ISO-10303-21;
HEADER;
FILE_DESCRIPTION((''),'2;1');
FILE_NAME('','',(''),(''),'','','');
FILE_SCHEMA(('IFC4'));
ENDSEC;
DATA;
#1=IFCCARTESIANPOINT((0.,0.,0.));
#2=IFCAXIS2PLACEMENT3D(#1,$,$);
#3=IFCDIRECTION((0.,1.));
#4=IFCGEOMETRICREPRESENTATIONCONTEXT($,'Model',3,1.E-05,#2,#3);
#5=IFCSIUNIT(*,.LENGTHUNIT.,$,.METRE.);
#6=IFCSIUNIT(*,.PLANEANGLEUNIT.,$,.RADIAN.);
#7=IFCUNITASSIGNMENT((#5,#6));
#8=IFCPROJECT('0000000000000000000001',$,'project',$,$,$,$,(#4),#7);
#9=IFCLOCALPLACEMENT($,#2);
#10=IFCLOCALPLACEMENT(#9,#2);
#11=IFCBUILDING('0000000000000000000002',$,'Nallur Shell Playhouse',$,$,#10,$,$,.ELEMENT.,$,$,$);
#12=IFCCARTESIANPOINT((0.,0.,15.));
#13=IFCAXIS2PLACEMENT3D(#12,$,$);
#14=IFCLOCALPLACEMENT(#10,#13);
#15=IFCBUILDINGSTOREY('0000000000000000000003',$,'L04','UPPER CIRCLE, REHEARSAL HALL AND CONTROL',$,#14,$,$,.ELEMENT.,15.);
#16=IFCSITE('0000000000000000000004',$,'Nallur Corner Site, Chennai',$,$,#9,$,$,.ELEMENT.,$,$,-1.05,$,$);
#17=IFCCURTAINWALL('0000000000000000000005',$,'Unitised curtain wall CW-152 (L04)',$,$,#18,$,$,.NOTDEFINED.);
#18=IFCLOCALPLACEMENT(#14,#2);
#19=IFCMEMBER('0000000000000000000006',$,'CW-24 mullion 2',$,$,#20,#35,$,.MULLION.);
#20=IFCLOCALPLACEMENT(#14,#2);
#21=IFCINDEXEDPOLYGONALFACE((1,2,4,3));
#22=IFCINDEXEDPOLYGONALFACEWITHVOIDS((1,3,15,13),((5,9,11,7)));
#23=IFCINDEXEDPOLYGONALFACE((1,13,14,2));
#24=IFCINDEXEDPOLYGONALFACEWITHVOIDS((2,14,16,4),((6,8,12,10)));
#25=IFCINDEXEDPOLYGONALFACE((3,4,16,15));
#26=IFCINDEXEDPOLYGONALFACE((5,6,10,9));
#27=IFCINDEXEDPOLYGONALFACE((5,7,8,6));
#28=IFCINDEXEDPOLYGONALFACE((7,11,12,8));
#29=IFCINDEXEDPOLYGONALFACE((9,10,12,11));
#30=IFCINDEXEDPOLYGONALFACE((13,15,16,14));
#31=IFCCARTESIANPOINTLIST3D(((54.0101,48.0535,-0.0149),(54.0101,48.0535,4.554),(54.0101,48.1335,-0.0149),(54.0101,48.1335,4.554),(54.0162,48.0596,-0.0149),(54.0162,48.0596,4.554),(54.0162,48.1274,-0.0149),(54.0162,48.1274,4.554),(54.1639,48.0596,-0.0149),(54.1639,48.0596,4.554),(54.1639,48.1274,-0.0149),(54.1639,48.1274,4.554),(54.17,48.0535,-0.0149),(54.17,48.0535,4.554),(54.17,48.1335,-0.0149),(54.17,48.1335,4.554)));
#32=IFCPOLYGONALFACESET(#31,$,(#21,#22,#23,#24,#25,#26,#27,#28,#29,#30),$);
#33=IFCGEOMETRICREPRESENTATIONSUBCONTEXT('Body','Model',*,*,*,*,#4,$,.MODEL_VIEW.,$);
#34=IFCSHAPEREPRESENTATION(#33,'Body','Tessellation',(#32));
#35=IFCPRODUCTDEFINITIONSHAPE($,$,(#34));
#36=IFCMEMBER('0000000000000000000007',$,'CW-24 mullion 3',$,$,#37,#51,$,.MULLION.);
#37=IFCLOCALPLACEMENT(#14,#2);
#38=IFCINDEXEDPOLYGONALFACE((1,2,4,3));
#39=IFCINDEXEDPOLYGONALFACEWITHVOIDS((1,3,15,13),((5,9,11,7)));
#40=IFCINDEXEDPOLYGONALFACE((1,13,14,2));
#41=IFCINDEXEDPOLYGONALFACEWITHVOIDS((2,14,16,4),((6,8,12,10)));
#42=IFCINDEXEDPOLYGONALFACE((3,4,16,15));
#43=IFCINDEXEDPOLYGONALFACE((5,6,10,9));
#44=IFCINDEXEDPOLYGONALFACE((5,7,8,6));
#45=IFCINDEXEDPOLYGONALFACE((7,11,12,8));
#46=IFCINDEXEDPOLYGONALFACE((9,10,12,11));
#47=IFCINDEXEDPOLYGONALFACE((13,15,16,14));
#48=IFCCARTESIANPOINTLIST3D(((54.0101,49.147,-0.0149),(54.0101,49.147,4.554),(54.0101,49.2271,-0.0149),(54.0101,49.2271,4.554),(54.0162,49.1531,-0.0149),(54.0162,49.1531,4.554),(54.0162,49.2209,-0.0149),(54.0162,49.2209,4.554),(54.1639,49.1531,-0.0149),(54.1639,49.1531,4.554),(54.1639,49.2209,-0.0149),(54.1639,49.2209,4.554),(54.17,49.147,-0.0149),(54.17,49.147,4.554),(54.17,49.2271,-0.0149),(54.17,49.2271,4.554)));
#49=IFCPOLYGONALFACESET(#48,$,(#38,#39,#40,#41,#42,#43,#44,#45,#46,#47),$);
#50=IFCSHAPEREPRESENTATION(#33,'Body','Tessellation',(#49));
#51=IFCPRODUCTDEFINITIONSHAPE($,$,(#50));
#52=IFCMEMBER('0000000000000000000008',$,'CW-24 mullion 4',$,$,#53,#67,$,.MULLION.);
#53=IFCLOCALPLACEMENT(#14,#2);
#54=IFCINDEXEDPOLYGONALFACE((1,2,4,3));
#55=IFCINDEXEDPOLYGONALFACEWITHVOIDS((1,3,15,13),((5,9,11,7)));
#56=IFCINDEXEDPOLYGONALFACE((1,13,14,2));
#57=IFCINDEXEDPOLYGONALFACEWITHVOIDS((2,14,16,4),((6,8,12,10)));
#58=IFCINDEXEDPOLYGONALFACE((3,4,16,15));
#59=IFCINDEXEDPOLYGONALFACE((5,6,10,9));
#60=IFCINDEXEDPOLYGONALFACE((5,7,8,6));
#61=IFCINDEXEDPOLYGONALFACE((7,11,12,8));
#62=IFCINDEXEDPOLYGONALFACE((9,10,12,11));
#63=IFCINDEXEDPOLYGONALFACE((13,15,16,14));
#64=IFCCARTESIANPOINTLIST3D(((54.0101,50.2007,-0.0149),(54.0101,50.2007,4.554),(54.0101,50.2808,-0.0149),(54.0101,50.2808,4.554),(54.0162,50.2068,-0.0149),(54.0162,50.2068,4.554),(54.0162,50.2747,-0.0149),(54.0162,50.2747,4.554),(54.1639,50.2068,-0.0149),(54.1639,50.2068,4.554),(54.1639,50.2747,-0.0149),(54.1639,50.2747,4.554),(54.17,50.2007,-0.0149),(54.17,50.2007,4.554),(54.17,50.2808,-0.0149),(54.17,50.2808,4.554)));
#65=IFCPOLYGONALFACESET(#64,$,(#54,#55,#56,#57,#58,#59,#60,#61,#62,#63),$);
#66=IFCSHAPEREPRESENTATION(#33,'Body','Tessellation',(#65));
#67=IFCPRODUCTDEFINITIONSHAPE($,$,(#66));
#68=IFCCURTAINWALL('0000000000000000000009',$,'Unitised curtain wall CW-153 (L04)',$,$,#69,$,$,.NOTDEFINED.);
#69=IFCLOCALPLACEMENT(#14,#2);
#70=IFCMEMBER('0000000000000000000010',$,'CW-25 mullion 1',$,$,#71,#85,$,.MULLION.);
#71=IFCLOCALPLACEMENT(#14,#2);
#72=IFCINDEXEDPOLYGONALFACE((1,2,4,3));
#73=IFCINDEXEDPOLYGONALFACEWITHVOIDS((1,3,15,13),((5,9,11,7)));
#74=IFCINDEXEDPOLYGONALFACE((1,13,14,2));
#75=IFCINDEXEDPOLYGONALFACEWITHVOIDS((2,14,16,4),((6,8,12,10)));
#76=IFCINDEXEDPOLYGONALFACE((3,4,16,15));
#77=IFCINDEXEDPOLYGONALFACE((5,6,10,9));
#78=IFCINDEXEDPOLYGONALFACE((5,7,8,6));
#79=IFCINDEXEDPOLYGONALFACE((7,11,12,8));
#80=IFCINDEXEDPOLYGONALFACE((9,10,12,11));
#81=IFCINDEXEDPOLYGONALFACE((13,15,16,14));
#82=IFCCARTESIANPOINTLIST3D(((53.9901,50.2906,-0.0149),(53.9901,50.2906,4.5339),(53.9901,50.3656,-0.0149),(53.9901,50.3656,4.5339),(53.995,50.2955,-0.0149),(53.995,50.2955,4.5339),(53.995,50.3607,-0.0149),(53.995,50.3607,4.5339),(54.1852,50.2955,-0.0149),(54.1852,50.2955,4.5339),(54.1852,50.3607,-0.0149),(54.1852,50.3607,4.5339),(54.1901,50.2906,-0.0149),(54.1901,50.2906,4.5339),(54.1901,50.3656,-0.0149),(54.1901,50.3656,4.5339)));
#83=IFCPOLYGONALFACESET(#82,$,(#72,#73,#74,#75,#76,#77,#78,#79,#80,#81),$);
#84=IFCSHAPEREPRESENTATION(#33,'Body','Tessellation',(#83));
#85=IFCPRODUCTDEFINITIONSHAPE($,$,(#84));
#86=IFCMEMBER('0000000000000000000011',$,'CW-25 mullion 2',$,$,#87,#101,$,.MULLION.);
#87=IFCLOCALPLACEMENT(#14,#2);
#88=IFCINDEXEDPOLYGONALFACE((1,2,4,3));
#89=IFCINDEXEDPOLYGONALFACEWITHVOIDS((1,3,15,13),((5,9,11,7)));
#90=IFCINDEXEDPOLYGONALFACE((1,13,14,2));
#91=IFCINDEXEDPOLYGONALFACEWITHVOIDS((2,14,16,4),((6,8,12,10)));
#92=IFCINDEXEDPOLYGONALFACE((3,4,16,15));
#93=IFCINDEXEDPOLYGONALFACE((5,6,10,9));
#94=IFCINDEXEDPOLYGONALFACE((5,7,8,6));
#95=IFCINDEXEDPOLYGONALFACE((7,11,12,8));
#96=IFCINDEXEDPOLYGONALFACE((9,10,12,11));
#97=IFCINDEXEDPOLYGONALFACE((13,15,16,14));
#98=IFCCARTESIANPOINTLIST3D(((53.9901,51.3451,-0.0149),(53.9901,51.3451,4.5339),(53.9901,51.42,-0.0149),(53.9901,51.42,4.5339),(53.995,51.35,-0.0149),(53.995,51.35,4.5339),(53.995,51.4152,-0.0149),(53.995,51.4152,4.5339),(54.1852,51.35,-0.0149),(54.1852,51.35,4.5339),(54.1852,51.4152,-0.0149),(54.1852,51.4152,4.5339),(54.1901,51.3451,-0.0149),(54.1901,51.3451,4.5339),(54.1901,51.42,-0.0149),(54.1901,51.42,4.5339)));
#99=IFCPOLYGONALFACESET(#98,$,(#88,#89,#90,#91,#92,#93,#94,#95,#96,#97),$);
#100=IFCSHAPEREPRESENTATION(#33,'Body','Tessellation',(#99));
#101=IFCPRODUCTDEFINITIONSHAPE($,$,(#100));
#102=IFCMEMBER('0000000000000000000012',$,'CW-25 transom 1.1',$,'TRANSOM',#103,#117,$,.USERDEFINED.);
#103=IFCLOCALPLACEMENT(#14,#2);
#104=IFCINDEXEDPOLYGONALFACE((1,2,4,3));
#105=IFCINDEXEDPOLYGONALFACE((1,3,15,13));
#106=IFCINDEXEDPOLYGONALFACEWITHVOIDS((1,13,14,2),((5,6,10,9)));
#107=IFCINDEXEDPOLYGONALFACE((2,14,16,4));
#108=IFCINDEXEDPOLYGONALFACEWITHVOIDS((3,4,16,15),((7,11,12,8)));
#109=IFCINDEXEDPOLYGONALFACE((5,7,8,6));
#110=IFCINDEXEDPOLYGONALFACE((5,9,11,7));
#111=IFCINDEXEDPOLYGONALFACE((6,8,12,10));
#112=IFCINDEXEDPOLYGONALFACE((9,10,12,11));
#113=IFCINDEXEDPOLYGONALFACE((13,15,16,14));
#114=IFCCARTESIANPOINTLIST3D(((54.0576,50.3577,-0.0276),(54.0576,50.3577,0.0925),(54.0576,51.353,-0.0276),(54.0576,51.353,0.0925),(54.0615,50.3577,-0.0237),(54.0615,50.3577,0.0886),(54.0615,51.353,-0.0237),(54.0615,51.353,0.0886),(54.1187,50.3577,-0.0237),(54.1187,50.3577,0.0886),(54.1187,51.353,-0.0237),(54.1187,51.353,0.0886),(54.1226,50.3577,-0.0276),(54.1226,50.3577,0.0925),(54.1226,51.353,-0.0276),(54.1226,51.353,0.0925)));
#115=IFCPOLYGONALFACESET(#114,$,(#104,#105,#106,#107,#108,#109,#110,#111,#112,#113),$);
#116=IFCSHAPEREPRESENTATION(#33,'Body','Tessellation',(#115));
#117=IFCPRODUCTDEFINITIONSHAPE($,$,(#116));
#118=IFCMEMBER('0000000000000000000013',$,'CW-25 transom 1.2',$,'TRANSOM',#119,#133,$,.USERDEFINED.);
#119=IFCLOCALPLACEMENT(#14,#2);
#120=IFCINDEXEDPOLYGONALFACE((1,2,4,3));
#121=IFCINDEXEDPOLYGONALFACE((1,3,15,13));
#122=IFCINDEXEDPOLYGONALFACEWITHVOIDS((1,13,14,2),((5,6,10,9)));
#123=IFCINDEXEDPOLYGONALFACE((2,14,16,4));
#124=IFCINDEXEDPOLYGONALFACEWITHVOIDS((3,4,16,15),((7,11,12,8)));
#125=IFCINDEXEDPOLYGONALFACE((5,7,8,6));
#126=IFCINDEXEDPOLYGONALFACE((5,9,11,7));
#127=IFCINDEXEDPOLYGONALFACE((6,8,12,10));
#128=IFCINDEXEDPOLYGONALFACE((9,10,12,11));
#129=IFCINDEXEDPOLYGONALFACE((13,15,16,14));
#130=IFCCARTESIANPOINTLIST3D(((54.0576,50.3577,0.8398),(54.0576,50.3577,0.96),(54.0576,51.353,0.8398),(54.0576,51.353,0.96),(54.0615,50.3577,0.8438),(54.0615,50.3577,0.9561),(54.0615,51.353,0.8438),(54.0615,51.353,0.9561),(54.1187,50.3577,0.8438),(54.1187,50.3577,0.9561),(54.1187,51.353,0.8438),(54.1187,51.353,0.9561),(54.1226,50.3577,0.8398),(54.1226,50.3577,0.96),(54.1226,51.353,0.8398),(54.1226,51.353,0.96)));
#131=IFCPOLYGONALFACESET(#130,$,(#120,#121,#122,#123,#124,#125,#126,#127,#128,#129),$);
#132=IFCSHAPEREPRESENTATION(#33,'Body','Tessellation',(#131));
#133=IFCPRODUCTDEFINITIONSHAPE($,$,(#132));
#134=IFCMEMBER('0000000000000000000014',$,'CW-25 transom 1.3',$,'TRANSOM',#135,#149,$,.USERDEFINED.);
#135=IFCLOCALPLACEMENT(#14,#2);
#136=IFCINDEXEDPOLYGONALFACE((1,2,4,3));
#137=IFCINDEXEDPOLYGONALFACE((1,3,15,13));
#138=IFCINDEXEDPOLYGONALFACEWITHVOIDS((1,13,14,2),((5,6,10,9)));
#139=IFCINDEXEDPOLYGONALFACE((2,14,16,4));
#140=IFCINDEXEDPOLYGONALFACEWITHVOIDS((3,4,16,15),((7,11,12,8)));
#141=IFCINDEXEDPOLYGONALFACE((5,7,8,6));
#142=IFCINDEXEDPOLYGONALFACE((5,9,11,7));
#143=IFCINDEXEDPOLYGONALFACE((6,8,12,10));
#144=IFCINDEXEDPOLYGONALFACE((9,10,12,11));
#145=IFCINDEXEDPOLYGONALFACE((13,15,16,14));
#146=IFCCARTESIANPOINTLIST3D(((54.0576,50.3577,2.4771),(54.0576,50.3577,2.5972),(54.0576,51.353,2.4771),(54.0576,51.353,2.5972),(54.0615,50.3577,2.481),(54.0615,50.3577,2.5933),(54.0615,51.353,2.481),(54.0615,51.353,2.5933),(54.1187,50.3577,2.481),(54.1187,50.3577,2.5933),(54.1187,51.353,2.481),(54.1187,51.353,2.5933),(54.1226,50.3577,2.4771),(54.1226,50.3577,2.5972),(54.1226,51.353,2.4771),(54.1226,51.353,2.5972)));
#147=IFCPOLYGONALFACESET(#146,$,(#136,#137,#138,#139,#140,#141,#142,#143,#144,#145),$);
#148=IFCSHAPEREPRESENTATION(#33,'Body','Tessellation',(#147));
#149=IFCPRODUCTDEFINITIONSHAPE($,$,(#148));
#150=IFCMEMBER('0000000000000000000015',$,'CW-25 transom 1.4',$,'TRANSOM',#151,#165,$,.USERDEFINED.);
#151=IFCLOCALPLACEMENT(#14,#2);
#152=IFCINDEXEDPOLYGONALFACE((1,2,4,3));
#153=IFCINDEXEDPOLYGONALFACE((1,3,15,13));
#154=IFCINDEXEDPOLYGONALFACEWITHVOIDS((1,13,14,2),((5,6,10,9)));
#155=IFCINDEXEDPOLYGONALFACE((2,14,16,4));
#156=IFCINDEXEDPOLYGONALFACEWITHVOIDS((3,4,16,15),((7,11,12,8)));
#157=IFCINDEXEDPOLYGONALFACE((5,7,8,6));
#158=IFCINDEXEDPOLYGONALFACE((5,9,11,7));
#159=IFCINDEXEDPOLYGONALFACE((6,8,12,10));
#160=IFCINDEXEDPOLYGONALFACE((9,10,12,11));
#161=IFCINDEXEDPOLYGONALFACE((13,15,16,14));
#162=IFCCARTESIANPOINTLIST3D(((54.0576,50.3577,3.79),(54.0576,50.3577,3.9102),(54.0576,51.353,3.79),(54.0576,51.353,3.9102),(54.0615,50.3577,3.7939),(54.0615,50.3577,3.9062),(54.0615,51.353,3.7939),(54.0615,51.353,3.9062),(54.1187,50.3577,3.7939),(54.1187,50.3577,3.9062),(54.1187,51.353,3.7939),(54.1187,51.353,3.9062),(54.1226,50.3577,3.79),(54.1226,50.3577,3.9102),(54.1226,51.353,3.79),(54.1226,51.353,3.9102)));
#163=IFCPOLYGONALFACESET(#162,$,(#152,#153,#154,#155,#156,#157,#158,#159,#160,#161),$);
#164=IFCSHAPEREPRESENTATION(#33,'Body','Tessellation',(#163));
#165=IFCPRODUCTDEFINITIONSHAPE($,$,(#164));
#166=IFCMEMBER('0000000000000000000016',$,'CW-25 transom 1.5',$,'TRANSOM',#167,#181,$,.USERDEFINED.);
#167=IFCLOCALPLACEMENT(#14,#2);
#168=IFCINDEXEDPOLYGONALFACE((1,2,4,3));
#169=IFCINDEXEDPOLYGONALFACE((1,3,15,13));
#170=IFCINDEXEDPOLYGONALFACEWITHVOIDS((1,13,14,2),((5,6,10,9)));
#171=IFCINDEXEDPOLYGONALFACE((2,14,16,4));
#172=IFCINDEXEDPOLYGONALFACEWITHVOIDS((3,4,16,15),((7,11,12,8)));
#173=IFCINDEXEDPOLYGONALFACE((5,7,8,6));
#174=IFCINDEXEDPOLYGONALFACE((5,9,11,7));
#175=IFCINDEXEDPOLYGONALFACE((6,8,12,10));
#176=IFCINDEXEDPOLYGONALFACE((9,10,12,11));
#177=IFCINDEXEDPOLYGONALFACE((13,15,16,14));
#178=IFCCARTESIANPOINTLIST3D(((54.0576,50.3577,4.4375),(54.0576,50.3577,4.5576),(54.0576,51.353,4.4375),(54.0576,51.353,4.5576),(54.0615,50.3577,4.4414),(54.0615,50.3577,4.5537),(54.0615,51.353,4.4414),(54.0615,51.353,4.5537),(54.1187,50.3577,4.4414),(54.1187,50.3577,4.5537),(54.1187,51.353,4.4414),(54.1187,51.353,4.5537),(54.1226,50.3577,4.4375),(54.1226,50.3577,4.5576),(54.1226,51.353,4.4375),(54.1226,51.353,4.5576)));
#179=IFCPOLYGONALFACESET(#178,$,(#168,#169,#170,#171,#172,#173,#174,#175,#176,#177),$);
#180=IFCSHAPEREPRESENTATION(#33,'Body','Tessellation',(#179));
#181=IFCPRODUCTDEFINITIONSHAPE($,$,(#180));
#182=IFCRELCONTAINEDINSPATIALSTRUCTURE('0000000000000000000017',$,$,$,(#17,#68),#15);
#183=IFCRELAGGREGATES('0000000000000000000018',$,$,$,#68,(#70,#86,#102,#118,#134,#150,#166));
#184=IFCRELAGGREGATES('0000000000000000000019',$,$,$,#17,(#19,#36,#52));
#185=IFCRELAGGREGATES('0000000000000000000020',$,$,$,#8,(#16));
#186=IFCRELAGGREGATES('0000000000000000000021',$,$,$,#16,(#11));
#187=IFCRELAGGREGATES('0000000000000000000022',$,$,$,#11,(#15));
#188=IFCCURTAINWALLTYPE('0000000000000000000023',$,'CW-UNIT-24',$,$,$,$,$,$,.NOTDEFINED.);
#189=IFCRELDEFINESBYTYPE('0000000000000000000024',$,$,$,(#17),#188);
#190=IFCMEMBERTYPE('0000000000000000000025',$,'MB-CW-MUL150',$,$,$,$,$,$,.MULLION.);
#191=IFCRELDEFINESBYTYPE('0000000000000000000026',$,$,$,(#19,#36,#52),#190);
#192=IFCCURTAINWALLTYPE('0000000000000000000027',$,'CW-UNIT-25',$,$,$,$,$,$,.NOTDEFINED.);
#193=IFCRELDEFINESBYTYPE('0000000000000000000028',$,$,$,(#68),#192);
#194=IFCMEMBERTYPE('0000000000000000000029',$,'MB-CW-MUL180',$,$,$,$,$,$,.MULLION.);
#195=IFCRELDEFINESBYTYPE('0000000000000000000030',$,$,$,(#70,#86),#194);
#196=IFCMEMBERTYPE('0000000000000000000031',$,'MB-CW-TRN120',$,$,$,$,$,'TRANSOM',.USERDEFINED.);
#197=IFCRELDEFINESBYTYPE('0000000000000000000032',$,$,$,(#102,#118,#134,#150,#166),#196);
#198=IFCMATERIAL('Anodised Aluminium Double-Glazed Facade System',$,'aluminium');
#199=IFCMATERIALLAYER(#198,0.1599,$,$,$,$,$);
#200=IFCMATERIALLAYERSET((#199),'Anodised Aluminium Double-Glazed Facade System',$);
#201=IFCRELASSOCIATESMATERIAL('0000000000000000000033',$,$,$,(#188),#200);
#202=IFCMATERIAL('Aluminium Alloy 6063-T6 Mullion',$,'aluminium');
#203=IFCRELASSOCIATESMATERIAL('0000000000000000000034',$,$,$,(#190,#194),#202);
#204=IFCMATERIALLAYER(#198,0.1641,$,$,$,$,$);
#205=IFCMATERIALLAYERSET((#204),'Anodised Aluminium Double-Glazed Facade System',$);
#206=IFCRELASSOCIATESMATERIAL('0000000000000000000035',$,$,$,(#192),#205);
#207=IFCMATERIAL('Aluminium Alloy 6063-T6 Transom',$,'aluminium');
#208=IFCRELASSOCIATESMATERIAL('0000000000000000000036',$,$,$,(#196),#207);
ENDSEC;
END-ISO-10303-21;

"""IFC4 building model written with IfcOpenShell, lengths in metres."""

from ifc_helpers import new_model, si_unit, direction, frame, origin, origin_2d, place, context, subcontext, project, spatial, hollow_rectangle, extrude, material, layer, layer_set, material_profile, profile_set, type_object, element, aggregate, save


model = new_model("IFC4")

# Units and contexts
model_context = context("Model", 3, precision=1e-05, world=origin(), true_north=direction((0.0, 1.0)))
body_context = subcontext(model_context, "Body", "Model", "MODEL_VIEW")
ifc_project = project(units=[si_unit("LENGTHUNIT", "METRE"), si_unit("PLANEANGLEUNIT", "RADIAN")], contexts=[model_context])

# Site, building, storey
site_placement = place(None, origin())
site = spatial("IfcSite", under=ifc_project, at=site_placement, Name="Nallur Corner Site, Chennai", CompositionType="ELEMENT", RefElevation=-1.05)
building_placement = place(site_placement, origin())
building = spatial("IfcBuilding", under=site, at=building_placement, Name="Nallur Shell Playhouse", CompositionType="ELEMENT")
storey_placement = place(building_placement, frame((0.0, 0.0, 15.0)))
storey = spatial("IfcBuildingStorey", under=building, at=storey_placement, Name="L04", Description="UPPER CIRCLE, REHEARSAL HALL AND CONTROL", CompositionType="ELEMENT", Elevation=15.0)

# Curtain walls, members
ifc_material_1 = material(Name="Anodised Aluminium Double-Glazed Facade System", Category="aluminium")
ifc_layer_1 = layer(ifc_material_1, 0.1599)
ifc_layer_set_1 = layer_set([ifc_layer_1], Name="Anodised Aluminium Double-Glazed Facade System")
curtain_wall_type_1 = type_object("IfcCurtainWallType", Name="CW-UNIT-24", PredefinedType="NOTDEFINED", material=ifc_layer_set_1)
curtain_wall_1_placement = place(storey_placement, origin())
curtain_wall_1 = element("IfcCurtainWall", 1, at=curtain_wall_1_placement, inside=storey, type_object=curtain_wall_type_1, Name="Unitised curtain wall CW-152 (L04)", PredefinedType="NOTDEFINED")
ifc_material_2 = material(Name="Aluminium Alloy 6063-T6 Mullion", Category="aluminium")
ifc_material_profile_1 = material_profile(ifc_material_2, hollow_rectangle(XDim=0.0801, YDim=0.1599, WallThickness=0.0061, at=origin_2d()), Name="RHS 160x80x6")
ifc_profile_set_1 = profile_set([ifc_material_profile_1], Name="Aluminium Alloy 6063-T6 Mullion")
member_type_1 = type_object("IfcMemberType", Name="MB-CW-MUL150", PredefinedType="MULLION", material=ifc_profile_set_1)
member_1_placement = place(storey_placement, frame((54.0901, 48.0935, -0.0149), z_axis=(0.0, 0.0, 1.0), x_axis=(0.0, 1.0, 0.0)))
member_1 = element("IfcMember", 2, at=member_1_placement, type_object=member_type_1, Name="CW-24 mullion 2", PredefinedType="MULLION", context=body_context, shape_type="SweptSolid", body=[
    extrude(hollow_rectangle(XDim=0.0801, YDim=0.1599, WallThickness=0.0061, at=origin_2d()), origin(), (0.0, 0.0, 1.0), 4.5688),
])
member_2_placement = place(storey_placement, frame((54.0901, 49.187, -0.0149), z_axis=(0.0, 0.0, 1.0), x_axis=(0.0, 1.0, 0.0)))
member_2 = element("IfcMember", 3, at=member_2_placement, type_object=member_type_1, Name="CW-24 mullion 3", PredefinedType="MULLION", context=body_context, shape_type="SweptSolid", body=[
    extrude(hollow_rectangle(XDim=0.0801, YDim=0.1599, WallThickness=0.0061, at=origin_2d()), origin(), (0.0, 0.0, 1.0), 4.5688),
])
member_3_placement = place(storey_placement, frame((54.0901, 50.2407, -0.0149), z_axis=(0.0, 0.0, 1.0), x_axis=(0.0, 1.0, 0.0)))
member_3 = element("IfcMember", 4, at=member_3_placement, type_object=member_type_1, Name="CW-24 mullion 4", PredefinedType="MULLION", context=body_context, shape_type="SweptSolid", body=[
    extrude(hollow_rectangle(XDim=0.0801, YDim=0.1599, WallThickness=0.0061, at=origin_2d()), origin(), (0.0, 0.0, 1.0), 4.5688),
])
ifc_layer_2 = layer(ifc_material_1, 0.1641)
ifc_layer_set_2 = layer_set([ifc_layer_2], Name="Anodised Aluminium Double-Glazed Facade System")
curtain_wall_type_2 = type_object("IfcCurtainWallType", Name="CW-UNIT-25", PredefinedType="NOTDEFINED", material=ifc_layer_set_2)
curtain_wall_2_placement = place(storey_placement, origin())
curtain_wall_2 = element("IfcCurtainWall", 5, at=curtain_wall_2_placement, inside=storey, type_object=curtain_wall_type_2, Name="Unitised curtain wall CW-153 (L04)", PredefinedType="NOTDEFINED")
ifc_material_profile_2 = material_profile(ifc_material_2, hollow_rectangle(XDim=0.075, YDim=0.2, WallThickness=0.0049, at=origin_2d()), Name="ALU 75x200x5")
ifc_profile_set_2 = profile_set([ifc_material_profile_2], Name="Aluminium Alloy 6063-T6 Mullion")
member_type_2 = type_object("IfcMemberType", Name="MB-CW-MUL180", PredefinedType="MULLION", material=ifc_profile_set_2)
member_4_placement = place(storey_placement, frame((54.0901, 50.3281, -0.0149), z_axis=(0.0, 0.0, 1.0), x_axis=(0.0, 1.0, 0.0)))
member_4 = element("IfcMember", 6, at=member_4_placement, type_object=member_type_2, Name="CW-25 mullion 1", PredefinedType="MULLION", context=body_context, shape_type="SweptSolid", body=[
    extrude(hollow_rectangle(XDim=0.075, YDim=0.2, WallThickness=0.0049, at=origin_2d()), origin(), (0.0, 0.0, 1.0), 4.5488),
])
member_5_placement = place(storey_placement, frame((54.0901, 51.3826, -0.0149), z_axis=(0.0, 0.0, 1.0), x_axis=(0.0, 1.0, 0.0)))
member_5 = element("IfcMember", 7, at=member_5_placement, type_object=member_type_2, Name="CW-25 mullion 2", PredefinedType="MULLION", context=body_context, shape_type="SweptSolid", body=[
    extrude(hollow_rectangle(XDim=0.075, YDim=0.2, WallThickness=0.0049, at=origin_2d()), origin(), (0.0, 0.0, 1.0), 4.5488),
])
ifc_material_3 = material(Name="Aluminium Alloy 6063-T6 Transom", Category="aluminium")
ifc_material_profile_3 = material_profile(ifc_material_3, hollow_rectangle(XDim=0.0649, YDim=0.1201, WallThickness=0.0039, at=origin_2d()), Name="ALU 65x120x4")
ifc_profile_set_3 = profile_set([ifc_material_profile_3], Name="Aluminium Alloy 6063-T6 Transom")
member_type_3 = type_object("IfcMemberType", Name="MB-CW-TRN120", ElementType="TRANSOM", PredefinedType="USERDEFINED", material=ifc_profile_set_3)
member_6_placement = place(storey_placement, frame((54.0901, 50.3577, 0.0325), z_axis=(0.0, 1.0, 0.0), x_axis=(-1.0, 0.0, 0.0)))
member_6 = element("IfcMember", 8, at=member_6_placement, type_object=member_type_3, Name="CW-25 transom 1.1", ObjectType="TRANSOM", PredefinedType="USERDEFINED", context=body_context, shape_type="SweptSolid", body=[
    extrude(hollow_rectangle(XDim=0.0649, YDim=0.1201, WallThickness=0.0039, at=origin_2d()), origin(), (0.0, 0.0, 1.0), 0.9954),
])
member_7_placement = place(storey_placement, frame((54.0901, 50.3577, 0.8999), z_axis=(0.0, 1.0, 0.0), x_axis=(-1.0, 0.0, 0.0)))
member_7 = element("IfcMember", 9, at=member_7_placement, type_object=member_type_3, Name="CW-25 transom 1.2", ObjectType="TRANSOM", PredefinedType="USERDEFINED", context=body_context, shape_type="SweptSolid", body=[
    extrude(hollow_rectangle(XDim=0.0649, YDim=0.1201, WallThickness=0.0039, at=origin_2d()), origin(), (0.0, 0.0, 1.0), 0.9954),
])
member_8_placement = place(storey_placement, frame((54.0901, 50.3577, 2.5371), z_axis=(0.0, 1.0, 0.0), x_axis=(-1.0, 0.0, 0.0)))
member_8 = element("IfcMember", 10, at=member_8_placement, type_object=member_type_3, Name="CW-25 transom 1.3", ObjectType="TRANSOM", PredefinedType="USERDEFINED", context=body_context, shape_type="SweptSolid", body=[
    extrude(hollow_rectangle(XDim=0.0649, YDim=0.1201, WallThickness=0.0039, at=origin_2d()), origin(), (0.0, 0.0, 1.0), 0.9954),
])
member_9_placement = place(storey_placement, frame((54.0901, 50.3577, 3.8501), z_axis=(0.0, 1.0, 0.0), x_axis=(-1.0, 0.0, 0.0)))
member_9 = element("IfcMember", 11, at=member_9_placement, type_object=member_type_3, Name="CW-25 transom 1.4", ObjectType="TRANSOM", PredefinedType="USERDEFINED", context=body_context, shape_type="SweptSolid", body=[
    extrude(hollow_rectangle(XDim=0.0649, YDim=0.1201, WallThickness=0.0039, at=origin_2d()), origin(), (0.0, 0.0, 1.0), 0.9954),
])
member_10_placement = place(storey_placement, frame((54.0901, 50.3577, 4.4976), z_axis=(0.0, 1.0, 0.0), x_axis=(-1.0, 0.0, 0.0)))
member_10 = element("IfcMember", 12, at=member_10_placement, type_object=member_type_3, Name="CW-25 transom 1.5", ObjectType="TRANSOM", PredefinedType="USERDEFINED", context=body_context, shape_type="SweptSolid", body=[
    extrude(hollow_rectangle(XDim=0.0649, YDim=0.1201, WallThickness=0.0039, at=origin_2d()), origin(), (0.0, 0.0, 1.0), 0.9954),
])

aggregate(curtain_wall_2, [member_4, member_5, member_6, member_7, member_8, member_9, member_10])
aggregate(curtain_wall_1, [member_1, member_2, member_3])

save(model, "model.ifc")
